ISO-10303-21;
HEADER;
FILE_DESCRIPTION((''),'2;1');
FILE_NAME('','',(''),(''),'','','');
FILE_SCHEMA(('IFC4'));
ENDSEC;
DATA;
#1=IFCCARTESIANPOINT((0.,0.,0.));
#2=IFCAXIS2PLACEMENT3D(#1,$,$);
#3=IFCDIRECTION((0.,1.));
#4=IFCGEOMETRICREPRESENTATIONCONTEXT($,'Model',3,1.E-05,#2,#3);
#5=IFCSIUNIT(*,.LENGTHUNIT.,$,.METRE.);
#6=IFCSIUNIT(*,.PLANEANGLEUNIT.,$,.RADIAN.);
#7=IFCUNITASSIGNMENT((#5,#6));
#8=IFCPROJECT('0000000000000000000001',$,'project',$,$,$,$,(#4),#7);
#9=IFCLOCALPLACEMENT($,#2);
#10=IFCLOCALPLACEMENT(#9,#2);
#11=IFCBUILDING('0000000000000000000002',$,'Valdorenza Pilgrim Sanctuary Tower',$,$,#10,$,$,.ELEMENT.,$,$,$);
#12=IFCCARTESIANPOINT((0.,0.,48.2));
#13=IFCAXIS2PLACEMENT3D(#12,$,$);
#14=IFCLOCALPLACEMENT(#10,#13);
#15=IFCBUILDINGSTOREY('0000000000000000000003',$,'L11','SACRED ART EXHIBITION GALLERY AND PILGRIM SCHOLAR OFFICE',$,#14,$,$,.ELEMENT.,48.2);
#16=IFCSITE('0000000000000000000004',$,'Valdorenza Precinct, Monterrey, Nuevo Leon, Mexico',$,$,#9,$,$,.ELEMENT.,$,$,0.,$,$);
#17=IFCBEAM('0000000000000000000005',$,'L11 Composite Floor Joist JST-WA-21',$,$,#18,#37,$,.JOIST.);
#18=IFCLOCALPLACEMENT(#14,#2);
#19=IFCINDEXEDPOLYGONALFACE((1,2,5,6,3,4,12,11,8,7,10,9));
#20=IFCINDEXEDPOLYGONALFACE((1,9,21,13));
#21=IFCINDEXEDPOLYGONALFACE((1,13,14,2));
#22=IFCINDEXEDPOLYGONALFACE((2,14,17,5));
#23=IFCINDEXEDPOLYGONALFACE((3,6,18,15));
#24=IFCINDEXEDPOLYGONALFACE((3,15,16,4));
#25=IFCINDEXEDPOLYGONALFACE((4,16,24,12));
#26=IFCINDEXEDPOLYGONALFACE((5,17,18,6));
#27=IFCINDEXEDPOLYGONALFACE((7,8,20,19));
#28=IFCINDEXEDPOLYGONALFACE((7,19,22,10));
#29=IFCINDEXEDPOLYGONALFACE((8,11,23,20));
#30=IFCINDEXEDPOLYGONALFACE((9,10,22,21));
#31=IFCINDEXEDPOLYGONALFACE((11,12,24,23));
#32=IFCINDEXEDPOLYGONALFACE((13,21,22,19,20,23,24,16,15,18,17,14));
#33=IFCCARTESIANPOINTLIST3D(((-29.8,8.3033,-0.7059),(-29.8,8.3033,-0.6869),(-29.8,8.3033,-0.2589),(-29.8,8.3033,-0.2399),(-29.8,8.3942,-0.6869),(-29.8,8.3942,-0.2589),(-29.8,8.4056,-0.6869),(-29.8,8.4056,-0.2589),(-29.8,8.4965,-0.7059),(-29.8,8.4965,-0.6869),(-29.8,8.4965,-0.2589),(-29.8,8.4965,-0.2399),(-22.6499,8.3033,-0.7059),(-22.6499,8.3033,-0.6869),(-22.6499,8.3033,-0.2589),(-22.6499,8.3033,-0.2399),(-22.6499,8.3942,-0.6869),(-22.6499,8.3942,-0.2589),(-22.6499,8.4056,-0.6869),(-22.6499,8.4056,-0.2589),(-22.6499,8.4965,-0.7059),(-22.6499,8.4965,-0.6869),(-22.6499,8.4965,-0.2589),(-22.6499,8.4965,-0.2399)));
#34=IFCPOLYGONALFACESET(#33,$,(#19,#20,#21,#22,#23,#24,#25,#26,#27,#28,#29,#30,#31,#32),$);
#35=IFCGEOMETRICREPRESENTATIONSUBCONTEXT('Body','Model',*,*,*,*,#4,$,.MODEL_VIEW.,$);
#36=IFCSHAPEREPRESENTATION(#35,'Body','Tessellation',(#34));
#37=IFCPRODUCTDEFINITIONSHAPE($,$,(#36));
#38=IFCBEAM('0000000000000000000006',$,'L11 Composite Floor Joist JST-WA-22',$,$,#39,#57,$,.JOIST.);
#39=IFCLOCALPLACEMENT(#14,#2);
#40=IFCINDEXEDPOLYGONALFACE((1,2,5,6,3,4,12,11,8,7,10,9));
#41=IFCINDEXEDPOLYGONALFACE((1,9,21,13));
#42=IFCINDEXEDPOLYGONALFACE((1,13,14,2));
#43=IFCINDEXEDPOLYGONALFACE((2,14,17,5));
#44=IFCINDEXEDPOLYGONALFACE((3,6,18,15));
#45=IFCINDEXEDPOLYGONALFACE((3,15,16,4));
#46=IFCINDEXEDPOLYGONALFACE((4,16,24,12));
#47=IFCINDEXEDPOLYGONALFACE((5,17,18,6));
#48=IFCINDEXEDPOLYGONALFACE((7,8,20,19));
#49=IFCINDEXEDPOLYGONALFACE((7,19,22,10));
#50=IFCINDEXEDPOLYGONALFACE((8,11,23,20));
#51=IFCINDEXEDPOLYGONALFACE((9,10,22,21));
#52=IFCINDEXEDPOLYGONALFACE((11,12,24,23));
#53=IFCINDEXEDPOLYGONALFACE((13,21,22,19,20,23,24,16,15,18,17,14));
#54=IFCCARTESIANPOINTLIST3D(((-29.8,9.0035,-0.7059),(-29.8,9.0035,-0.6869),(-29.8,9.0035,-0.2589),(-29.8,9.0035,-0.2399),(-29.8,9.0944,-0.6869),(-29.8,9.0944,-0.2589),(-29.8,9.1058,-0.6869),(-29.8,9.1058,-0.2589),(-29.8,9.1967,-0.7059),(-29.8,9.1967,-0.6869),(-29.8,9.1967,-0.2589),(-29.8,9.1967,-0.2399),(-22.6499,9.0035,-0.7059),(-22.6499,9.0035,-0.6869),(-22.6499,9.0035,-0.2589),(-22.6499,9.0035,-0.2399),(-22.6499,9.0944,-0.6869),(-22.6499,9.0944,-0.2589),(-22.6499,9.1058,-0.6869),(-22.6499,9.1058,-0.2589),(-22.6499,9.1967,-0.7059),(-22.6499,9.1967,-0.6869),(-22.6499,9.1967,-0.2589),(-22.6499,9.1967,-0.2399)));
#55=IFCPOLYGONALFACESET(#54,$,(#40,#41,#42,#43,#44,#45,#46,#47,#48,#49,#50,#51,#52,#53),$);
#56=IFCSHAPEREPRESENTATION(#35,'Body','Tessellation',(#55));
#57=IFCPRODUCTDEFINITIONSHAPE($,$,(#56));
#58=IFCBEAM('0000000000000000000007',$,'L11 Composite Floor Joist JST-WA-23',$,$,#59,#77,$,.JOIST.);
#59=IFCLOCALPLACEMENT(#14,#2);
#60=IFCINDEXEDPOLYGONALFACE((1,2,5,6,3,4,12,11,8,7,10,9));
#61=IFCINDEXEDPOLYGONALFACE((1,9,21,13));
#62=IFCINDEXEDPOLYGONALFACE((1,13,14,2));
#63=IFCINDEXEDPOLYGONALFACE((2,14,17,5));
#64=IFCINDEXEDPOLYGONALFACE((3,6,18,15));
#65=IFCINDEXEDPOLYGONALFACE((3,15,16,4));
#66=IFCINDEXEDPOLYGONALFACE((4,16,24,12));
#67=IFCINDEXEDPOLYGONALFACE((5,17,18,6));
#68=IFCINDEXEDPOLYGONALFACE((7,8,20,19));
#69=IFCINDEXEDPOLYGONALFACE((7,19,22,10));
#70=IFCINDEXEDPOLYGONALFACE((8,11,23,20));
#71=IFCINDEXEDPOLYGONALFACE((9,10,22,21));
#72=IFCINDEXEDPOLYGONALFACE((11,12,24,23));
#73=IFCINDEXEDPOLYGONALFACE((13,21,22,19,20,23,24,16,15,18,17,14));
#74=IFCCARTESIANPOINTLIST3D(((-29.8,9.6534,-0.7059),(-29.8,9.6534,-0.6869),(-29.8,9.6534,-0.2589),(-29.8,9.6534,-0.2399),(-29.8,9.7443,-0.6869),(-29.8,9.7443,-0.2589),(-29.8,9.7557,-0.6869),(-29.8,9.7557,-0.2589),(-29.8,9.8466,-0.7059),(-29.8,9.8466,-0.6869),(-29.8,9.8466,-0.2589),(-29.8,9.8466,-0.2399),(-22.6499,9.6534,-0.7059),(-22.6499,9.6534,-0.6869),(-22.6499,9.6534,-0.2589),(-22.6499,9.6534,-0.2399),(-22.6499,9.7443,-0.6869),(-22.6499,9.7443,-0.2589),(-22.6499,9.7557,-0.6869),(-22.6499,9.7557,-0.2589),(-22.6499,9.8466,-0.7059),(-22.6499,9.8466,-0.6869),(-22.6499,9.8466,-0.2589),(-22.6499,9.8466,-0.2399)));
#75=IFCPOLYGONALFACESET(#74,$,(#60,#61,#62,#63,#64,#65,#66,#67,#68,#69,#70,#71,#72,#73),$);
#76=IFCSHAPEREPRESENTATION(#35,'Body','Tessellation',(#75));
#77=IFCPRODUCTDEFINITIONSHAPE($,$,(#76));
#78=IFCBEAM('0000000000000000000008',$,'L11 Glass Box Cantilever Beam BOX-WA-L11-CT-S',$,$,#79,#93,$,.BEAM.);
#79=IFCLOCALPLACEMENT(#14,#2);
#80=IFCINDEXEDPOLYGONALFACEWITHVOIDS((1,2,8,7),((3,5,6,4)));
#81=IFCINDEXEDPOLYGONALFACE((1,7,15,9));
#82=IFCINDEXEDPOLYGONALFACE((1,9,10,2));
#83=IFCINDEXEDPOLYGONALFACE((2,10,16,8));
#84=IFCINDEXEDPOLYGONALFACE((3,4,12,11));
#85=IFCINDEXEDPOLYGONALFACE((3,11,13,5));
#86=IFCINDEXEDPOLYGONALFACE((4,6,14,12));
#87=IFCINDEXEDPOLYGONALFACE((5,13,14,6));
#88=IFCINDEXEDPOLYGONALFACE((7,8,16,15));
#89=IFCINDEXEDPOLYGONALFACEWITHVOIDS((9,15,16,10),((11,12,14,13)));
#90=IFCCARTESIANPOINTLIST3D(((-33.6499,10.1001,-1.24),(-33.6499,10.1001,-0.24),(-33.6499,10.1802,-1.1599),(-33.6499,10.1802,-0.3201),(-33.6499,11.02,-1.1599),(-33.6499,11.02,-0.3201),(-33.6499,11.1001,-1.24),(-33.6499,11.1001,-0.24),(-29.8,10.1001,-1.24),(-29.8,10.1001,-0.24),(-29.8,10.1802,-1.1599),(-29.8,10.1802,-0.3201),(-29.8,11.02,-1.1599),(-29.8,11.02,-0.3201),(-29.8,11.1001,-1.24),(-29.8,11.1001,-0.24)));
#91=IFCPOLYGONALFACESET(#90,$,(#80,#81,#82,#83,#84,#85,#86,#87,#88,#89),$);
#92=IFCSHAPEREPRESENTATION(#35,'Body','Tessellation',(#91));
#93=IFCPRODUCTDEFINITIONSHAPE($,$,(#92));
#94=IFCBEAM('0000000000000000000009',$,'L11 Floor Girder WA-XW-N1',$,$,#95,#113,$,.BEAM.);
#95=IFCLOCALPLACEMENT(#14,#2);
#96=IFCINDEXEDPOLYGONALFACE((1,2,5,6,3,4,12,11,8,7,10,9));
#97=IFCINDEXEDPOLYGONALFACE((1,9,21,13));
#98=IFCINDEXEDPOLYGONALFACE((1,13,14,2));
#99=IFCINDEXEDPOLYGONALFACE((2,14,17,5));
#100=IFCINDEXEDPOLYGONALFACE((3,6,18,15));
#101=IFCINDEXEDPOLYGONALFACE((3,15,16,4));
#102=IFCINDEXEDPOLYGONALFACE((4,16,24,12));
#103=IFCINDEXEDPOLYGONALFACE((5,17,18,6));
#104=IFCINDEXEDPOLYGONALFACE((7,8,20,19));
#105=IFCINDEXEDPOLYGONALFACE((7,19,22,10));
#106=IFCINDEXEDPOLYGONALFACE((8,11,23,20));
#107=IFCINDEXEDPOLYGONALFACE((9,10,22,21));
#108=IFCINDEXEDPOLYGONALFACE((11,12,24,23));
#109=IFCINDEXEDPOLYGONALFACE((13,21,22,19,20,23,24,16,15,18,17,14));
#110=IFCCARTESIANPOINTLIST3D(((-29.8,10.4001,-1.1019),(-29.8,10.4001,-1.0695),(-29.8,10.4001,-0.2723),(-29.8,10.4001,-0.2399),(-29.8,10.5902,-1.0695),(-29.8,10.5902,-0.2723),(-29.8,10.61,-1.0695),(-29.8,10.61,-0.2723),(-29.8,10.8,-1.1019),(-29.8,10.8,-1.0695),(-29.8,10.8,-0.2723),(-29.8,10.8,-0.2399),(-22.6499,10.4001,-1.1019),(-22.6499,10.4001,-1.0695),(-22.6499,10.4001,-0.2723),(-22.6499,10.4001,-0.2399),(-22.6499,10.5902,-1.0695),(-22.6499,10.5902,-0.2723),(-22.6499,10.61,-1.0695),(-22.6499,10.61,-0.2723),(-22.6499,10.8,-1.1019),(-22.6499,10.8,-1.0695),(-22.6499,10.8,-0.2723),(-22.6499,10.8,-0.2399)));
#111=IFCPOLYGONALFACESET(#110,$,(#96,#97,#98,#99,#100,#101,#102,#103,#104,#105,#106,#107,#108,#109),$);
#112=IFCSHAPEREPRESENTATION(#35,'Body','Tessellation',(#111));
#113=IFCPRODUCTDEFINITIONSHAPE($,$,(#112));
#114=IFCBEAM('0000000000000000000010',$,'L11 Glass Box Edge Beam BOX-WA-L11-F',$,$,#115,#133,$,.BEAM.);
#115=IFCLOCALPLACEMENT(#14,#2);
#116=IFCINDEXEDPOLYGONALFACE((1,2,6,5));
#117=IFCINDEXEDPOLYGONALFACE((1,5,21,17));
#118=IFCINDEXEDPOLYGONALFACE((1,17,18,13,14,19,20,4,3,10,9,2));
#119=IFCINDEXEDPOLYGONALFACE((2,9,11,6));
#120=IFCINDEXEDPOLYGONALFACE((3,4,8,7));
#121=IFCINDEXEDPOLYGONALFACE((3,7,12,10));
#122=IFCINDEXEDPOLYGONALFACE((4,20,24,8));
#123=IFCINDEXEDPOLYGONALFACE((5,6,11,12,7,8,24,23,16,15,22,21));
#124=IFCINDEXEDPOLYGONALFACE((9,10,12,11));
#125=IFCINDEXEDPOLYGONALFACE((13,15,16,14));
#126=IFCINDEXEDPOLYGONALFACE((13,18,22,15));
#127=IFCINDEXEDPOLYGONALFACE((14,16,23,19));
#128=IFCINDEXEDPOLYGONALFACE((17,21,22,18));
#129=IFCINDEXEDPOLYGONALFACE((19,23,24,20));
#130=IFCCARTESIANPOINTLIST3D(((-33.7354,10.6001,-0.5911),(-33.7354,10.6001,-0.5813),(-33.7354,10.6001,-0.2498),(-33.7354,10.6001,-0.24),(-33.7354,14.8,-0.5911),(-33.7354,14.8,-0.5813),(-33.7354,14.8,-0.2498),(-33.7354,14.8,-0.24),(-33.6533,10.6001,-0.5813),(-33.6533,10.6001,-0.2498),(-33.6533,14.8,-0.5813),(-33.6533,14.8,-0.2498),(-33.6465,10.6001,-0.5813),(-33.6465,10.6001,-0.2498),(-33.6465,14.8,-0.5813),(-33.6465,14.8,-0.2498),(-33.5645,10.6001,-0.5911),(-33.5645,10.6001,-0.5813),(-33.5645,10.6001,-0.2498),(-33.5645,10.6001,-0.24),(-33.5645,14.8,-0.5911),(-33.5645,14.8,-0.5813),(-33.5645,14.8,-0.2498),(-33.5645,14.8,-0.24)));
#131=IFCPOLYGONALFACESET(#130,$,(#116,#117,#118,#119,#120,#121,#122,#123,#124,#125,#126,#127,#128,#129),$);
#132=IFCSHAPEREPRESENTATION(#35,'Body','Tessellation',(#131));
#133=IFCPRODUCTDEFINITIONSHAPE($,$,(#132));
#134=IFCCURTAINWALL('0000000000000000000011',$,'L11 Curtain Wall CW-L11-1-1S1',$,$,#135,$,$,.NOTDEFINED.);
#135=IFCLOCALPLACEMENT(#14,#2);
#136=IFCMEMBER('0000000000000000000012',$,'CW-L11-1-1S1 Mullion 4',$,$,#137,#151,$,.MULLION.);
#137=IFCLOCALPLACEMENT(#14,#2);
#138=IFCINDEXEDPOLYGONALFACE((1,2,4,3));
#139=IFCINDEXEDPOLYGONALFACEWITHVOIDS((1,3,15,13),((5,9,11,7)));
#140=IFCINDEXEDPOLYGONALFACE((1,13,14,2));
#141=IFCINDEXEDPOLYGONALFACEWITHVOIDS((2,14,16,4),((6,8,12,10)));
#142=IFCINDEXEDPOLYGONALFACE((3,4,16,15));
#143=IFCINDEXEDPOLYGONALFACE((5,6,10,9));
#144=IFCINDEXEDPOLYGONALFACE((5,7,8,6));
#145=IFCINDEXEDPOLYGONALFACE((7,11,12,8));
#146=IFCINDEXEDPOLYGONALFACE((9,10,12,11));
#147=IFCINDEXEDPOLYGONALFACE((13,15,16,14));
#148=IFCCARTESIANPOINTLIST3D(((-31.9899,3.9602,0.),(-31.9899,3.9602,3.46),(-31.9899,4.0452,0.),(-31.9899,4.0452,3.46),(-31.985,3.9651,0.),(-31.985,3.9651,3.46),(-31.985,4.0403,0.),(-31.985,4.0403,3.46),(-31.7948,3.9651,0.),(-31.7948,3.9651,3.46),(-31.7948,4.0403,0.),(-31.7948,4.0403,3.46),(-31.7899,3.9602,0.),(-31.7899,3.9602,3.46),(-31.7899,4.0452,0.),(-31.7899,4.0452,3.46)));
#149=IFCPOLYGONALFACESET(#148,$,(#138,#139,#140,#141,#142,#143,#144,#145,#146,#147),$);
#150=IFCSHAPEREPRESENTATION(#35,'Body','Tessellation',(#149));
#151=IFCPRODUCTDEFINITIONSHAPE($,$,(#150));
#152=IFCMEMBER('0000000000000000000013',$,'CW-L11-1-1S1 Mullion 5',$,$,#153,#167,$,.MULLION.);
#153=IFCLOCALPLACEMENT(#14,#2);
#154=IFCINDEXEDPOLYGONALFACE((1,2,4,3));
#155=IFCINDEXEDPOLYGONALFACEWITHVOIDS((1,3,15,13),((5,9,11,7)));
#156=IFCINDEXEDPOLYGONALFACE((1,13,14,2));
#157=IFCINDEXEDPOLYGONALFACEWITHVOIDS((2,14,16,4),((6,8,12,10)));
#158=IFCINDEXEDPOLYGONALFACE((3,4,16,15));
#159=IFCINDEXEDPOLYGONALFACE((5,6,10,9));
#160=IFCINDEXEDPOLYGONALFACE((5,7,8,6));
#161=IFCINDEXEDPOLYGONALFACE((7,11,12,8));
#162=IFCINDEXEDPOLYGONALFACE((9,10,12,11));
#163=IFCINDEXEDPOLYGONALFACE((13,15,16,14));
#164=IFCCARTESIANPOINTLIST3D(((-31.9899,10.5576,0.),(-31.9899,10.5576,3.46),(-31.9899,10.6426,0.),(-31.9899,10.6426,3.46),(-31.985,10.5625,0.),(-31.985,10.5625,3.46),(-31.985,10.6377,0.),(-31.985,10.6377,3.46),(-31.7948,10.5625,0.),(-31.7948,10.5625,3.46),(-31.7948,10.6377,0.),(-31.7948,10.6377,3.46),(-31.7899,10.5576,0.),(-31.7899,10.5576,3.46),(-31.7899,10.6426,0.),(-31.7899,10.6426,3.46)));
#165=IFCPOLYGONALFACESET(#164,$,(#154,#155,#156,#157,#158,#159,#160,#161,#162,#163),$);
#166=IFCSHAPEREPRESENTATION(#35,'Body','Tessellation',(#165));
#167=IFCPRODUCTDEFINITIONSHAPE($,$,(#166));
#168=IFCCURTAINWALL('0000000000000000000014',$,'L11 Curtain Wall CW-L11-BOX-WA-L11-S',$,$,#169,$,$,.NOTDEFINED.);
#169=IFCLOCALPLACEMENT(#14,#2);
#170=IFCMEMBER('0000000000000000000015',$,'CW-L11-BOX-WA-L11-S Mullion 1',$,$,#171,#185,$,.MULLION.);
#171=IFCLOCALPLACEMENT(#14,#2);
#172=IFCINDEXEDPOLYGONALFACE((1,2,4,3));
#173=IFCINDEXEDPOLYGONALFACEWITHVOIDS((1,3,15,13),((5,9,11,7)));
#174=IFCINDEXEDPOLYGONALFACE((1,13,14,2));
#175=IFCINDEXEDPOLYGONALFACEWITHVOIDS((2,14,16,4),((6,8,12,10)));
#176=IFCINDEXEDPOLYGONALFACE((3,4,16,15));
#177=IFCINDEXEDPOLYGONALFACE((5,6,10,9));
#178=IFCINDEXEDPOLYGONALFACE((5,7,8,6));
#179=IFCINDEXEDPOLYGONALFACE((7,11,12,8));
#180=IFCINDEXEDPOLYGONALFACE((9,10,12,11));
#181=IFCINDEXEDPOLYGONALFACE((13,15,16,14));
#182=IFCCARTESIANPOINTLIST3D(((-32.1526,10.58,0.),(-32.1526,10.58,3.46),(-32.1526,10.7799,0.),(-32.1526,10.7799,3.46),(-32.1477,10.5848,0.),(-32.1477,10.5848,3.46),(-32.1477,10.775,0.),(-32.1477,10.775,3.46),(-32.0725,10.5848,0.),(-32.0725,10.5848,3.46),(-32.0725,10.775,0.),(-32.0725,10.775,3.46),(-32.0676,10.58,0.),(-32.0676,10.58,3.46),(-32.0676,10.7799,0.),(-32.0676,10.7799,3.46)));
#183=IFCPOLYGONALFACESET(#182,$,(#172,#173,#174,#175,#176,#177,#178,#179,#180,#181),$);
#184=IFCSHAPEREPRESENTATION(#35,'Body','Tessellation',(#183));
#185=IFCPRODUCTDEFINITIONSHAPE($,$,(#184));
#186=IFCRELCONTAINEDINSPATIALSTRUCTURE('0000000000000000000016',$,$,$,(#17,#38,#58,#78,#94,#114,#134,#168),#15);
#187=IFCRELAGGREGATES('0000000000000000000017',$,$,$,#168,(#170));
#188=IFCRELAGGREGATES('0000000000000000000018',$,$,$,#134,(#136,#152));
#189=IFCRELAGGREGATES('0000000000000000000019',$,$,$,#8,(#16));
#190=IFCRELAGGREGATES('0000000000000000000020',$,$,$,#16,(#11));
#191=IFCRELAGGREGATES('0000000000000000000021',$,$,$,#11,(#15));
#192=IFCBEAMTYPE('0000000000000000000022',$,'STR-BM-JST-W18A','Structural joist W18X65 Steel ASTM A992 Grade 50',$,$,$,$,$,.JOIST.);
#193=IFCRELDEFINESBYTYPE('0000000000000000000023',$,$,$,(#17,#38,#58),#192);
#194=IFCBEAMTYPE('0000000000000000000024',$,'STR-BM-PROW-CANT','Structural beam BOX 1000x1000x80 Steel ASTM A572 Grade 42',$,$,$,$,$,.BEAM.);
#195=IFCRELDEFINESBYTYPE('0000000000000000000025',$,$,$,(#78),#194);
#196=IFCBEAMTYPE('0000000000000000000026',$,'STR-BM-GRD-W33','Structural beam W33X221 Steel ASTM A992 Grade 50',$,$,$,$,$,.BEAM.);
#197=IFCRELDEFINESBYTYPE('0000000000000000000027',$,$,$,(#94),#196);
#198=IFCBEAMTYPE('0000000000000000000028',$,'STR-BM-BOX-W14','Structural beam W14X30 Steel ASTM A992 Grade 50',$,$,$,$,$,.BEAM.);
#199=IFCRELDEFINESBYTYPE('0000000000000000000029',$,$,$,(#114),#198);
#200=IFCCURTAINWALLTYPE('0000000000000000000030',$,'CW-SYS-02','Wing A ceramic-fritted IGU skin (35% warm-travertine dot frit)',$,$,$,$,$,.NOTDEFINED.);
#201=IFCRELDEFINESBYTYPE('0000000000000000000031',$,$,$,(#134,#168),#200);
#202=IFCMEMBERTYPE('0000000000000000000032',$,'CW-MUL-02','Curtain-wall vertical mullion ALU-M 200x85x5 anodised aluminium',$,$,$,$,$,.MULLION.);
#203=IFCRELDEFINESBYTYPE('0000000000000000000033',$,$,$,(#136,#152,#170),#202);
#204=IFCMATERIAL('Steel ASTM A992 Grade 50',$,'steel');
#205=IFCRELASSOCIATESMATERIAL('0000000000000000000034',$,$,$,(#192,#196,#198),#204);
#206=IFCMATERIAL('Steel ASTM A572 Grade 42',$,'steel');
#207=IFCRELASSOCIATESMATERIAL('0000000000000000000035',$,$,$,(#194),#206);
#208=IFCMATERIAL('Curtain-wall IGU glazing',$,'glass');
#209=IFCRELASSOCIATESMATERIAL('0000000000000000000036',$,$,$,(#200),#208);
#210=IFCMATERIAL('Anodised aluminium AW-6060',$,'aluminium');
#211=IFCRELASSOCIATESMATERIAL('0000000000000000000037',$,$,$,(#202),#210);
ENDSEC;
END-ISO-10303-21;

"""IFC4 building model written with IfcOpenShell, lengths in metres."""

from ifc_helpers import new_model, si_unit, direction, frame, origin, origin_2d, place, context, subcontext, project, spatial, hollow_rectangle, i_section, extrude, source, transform, mapped, material, material_profile, profile_set, type_object, element, aggregate, save


model = new_model("IFC4")

# Units and contexts
model_context = context("Model", 3, precision=1e-05, world=origin(), true_north=direction((0.0, 1.0)))
body_context = subcontext(model_context, "Body", "Model", "MODEL_VIEW")
ifc_project = project(units=[si_unit("LENGTHUNIT", "METRE"), si_unit("PLANEANGLEUNIT", "RADIAN")], contexts=[model_context])

# Site, building, storey
site_placement = place(None, origin())
site = spatial("IfcSite", under=ifc_project, at=site_placement, Name="Valdorenza Precinct, Monterrey, Nuevo Leon, Mexico", CompositionType="ELEMENT", RefElevation=0.0)
building_placement = place(site_placement, origin())
building = spatial("IfcBuilding", under=site, at=building_placement, Name="Valdorenza Pilgrim Sanctuary Tower", CompositionType="ELEMENT")
storey_placement = place(building_placement, frame((0.0, 0.0, 48.2)))
storey = spatial("IfcBuildingStorey", under=building, at=storey_placement, Name="L11", Description="SACRED ART EXHIBITION GALLERY AND PILGRIM SCHOLAR OFFICE", CompositionType="ELEMENT", Elevation=48.2)

# Beams
ifc_material_1 = material(Name="Steel ASTM A992 Grade 50", Category="steel")
ifc_material_profile_1 = material_profile(ifc_material_1, i_section(OverallWidth=0.1931, OverallDepth=0.4661, WebThickness=0.0115, FlangeThickness=0.019, at=origin_2d()), Name="W18X65")
ifc_profile_set_1 = profile_set([ifc_material_profile_1], Name="Steel ASTM A992 Grade 50")
beam_type_1 = type_object("IfcBeamType", Name="STR-BM-JST-W18A", Description="Structural joist W18X65 Steel ASTM A992 Grade 50", PredefinedType="JOIST", material=ifc_profile_set_1)
shared_shape_1 = source(origin(), body_context, "Body", "SweptSolid", [
    extrude(i_section(OverallWidth=0.1931, OverallDepth=0.4661, WebThickness=0.0115, FlangeThickness=0.019, at=origin_2d()), origin(), (0.0, 0.0, 1.0), 7.1501),
])
for number, where, z_axis, x_axis, name in (
    (1, (-29.8, 8.3999, -0.4729), (1.0, 0.0, 0.0), (0.0, 1.0, 0.0), "L11 Composite Floor Joist JST-WA-21"),
    (2, (-29.8, 9.1001, -0.4729), (1.0, 0.0, 0.0), (0.0, 1.0, 0.0), "L11 Composite Floor Joist JST-WA-22"),
    (3, (-29.8, 9.75, -0.4729), (1.0, 0.0, 0.0), (0.0, 1.0, 0.0), "L11 Composite Floor Joist JST-WA-23"),
):
    element("IfcBeam", number, at=place(storey_placement, frame(where, z_axis=z_axis, x_axis=x_axis)), inside=storey, type_object=beam_type_1, Name=name, PredefinedType="JOIST", context=body_context, shape_type="MappedRepresentation", body=[
        mapped(shared_shape_1, transform((0.0, 0.0, 0.0), x_axis=(1.0, 0.0, 0.0), y_axis=(0.0, 1.0, 0.0), z_axis=(0.0, 0.0, 1.0), scale=1.0)),
    ])
ifc_material_2 = material(Name="Steel ASTM A572 Grade 42", Category="steel")
ifc_material_profile_2 = material_profile(ifc_material_2, hollow_rectangle(XDim=1.0, YDim=1.0, WallThickness=0.0801, at=origin_2d()), Name="BOX 1000x1000x80")
ifc_profile_set_2 = profile_set([ifc_material_profile_2], Name="Steel ASTM A572 Grade 42")
beam_type_2 = type_object("IfcBeamType", Name="STR-BM-PROW-CANT", Description="Structural beam BOX 1000x1000x80 Steel ASTM A572 Grade 42", PredefinedType="BEAM", material=ifc_profile_set_2)
shared_shape_2 = source(origin(), body_context, "Body", "SweptSolid", [
    extrude(hollow_rectangle(XDim=1.0, YDim=1.0, WallThickness=0.0801, at=origin_2d()), origin(), (0.0, 0.0, 1.0), 3.8499),
])
beam_1_placement = place(storey_placement, frame((-29.8, 10.6001, -0.74), z_axis=(-1.0, 0.0, 0.0), x_axis=(0.0, -1.0, 0.0)))
element("IfcBeam", 4, at=beam_1_placement, inside=storey, type_object=beam_type_2, Name="L11 Glass Box Cantilever Beam BOX-WA-L11-CT-S", PredefinedType="BEAM", context=body_context, shape_type="MappedRepresentation", body=[
    mapped(shared_shape_2, transform((0.0, 0.0, 0.0), x_axis=(1.0, 0.0, 0.0), y_axis=(0.0, 1.0, 0.0), z_axis=(0.0, 0.0, 1.0), scale=1.0)),
])
ifc_material_profile_3 = material_profile(ifc_material_1, i_section(OverallWidth=0.3999, OverallDepth=0.8621, WebThickness=0.0198, FlangeThickness=0.0325, at=origin_2d()), Name="W33X221")
ifc_profile_set_3 = profile_set([ifc_material_profile_3], Name="Steel ASTM A992 Grade 50")
beam_type_3 = type_object("IfcBeamType", Name="STR-BM-GRD-W33", Description="Structural beam W33X221 Steel ASTM A992 Grade 50", PredefinedType="BEAM", material=ifc_profile_set_3)
shared_shape_3 = source(origin(), body_context, "Body", "SweptSolid", [
    extrude(i_section(OverallWidth=0.3999, OverallDepth=0.8621, WebThickness=0.0198, FlangeThickness=0.0325, at=origin_2d()), origin(), (0.0, 0.0, 1.0), 7.1501),
])
beam_2_placement = place(storey_placement, frame((-29.8, 10.6001, -0.6709), z_axis=(1.0, 0.0, 0.0), x_axis=(0.0, 1.0, 0.0)))
element("IfcBeam", 5, at=beam_2_placement, inside=storey, type_object=beam_type_3, Name="L11 Floor Girder WA-XW-N1", PredefinedType="BEAM", context=body_context, shape_type="MappedRepresentation", body=[
    mapped(shared_shape_3, transform((0.0, 0.0, 0.0), x_axis=(1.0, 0.0, 0.0), y_axis=(0.0, 1.0, 0.0), z_axis=(0.0, 0.0, 1.0), scale=1.0)),
])
ifc_material_profile_4 = material_profile(ifc_material_1, i_section(OverallWidth=0.1709, OverallDepth=0.3511, WebThickness=0.0068, FlangeThickness=0.0098, at=origin_2d()), Name="W14X30")
ifc_profile_set_4 = profile_set([ifc_material_profile_4], Name="Steel ASTM A992 Grade 50")
beam_type_4 = type_object("IfcBeamType", Name="STR-BM-BOX-W14", Description="Structural beam W14X30 Steel ASTM A992 Grade 50", PredefinedType="BEAM", material=ifc_profile_set_4)
shared_shape_4 = source(origin(), body_context, "Body", "SweptSolid", [
    extrude(i_section(OverallWidth=0.1709, OverallDepth=0.3511, WebThickness=0.0068, FlangeThickness=0.0098, at=origin_2d()), origin(), (0.0, 0.0, 1.0), 4.2),
])
beam_3_placement = place(storey_placement, frame((-33.6499, 10.6001, -0.4155), z_axis=(0.0, 1.0, 0.0), x_axis=(-1.0, 0.0, 0.0)))
element("IfcBeam", 6, at=beam_3_placement, inside=storey, type_object=beam_type_4, Name="L11 Glass Box Edge Beam BOX-WA-L11-F", PredefinedType="BEAM", context=body_context, shape_type="MappedRepresentation", body=[
    mapped(shared_shape_4, transform((0.0, 0.0, 0.0), x_axis=(1.0, 0.0, 0.0), y_axis=(0.0, 1.0, 0.0), z_axis=(0.0, 0.0, 1.0), scale=1.0)),
])

# Curtain walls, members
ifc_material_3 = material(Name="Curtain-wall IGU glazing", Category="glass")
curtain_wall_type = type_object("IfcCurtainWallType", Name="CW-SYS-02", Description="Wing A ceramic-fritted IGU skin (35% warm-travertine dot frit)", PredefinedType="NOTDEFINED", material=ifc_material_3)
curtain_wall_1_placement = place(storey_placement, origin())
curtain_wall_1 = element("IfcCurtainWall", 7, at=curtain_wall_1_placement, inside=storey, type_object=curtain_wall_type, Name="L11 Curtain Wall CW-L11-1-1S1", PredefinedType="NOTDEFINED")
ifc_material_4 = material(Name="Anodised aluminium AW-6060", Category="aluminium")
ifc_material_profile_5 = material_profile(ifc_material_4, hollow_rectangle(XDim=0.085, YDim=0.2, WallThickness=0.0049, at=origin_2d()), Name="ALU-M 200x85x5")
ifc_profile_set_5 = profile_set([ifc_material_profile_5], Name="Anodised aluminium AW-6060")
member_type_1 = type_object("IfcMemberType", Name="CW-MUL-02", Description="Curtain-wall vertical mullion ALU-M 200x85x5 anodised aluminium", PredefinedType="MULLION", material=ifc_profile_set_5)
shared_shape_5 = source(origin(), body_context, "Body", "SweptSolid", [
    extrude(hollow_rectangle(XDim=0.085, YDim=0.2, WallThickness=0.0049, at=origin_2d()), origin(), (0.0, 0.0, 1.0), 3.46),
])
member_1_placement = place(storey_placement, frame((-31.8899, 4.0027, 0.0), z_axis=(0.0, 0.0, 1.0), x_axis=(0.0, 1.0, 0.0)))
member_1 = element("IfcMember", 8, at=member_1_placement, type_object=member_type_1, Name="CW-L11-1-1S1 Mullion 4", PredefinedType="MULLION", context=body_context, shape_type="MappedRepresentation", body=[
    mapped(shared_shape_5, transform((0.0, 0.0, 0.0), x_axis=(1.0, 0.0, 0.0), y_axis=(0.0, 1.0, 0.0), z_axis=(0.0, 0.0, 1.0), scale=1.0)),
])
member_2_placement = place(storey_placement, frame((-31.8899, 10.6001, 0.0), z_axis=(0.0, 0.0, 1.0), x_axis=(0.0, 1.0, 0.0)))
member_2 = element("IfcMember", 9, at=member_2_placement, type_object=member_type_1, Name="CW-L11-1-1S1 Mullion 5", PredefinedType="MULLION", context=body_context, shape_type="MappedRepresentation", body=[
    mapped(shared_shape_5, transform((0.0, 0.0, 0.0), x_axis=(1.0, 0.0, 0.0), y_axis=(0.0, 1.0, 0.0), z_axis=(0.0, 0.0, 1.0), scale=1.0)),
])
curtain_wall_2_placement = place(storey_placement, origin())
curtain_wall_2 = element("IfcCurtainWall", 10, at=curtain_wall_2_placement, inside=storey, type_object=curtain_wall_type, Name="L11 Curtain Wall CW-L11-BOX-WA-L11-S", PredefinedType="NOTDEFINED")
member_3_placement = place(storey_placement, frame((-32.1101, 10.6799, 0.0), z_axis=(0.0, 0.0, 1.0), x_axis=(-1.0, 0.0, 0.0)))
member_3 = element("IfcMember", 11, at=member_3_placement, type_object=member_type_1, Name="CW-L11-BOX-WA-L11-S Mullion 1", PredefinedType="MULLION", context=body_context, shape_type="MappedRepresentation", body=[
    mapped(shared_shape_5, transform((0.0, 0.0, 0.0), x_axis=(1.0, 0.0, 0.0), y_axis=(0.0, 1.0, 0.0), z_axis=(0.0, 0.0, 1.0), scale=1.0)),
])

aggregate(curtain_wall_2, [member_3])
aggregate(curtain_wall_1, [member_1, member_2])

save(model, "model.ifc")
